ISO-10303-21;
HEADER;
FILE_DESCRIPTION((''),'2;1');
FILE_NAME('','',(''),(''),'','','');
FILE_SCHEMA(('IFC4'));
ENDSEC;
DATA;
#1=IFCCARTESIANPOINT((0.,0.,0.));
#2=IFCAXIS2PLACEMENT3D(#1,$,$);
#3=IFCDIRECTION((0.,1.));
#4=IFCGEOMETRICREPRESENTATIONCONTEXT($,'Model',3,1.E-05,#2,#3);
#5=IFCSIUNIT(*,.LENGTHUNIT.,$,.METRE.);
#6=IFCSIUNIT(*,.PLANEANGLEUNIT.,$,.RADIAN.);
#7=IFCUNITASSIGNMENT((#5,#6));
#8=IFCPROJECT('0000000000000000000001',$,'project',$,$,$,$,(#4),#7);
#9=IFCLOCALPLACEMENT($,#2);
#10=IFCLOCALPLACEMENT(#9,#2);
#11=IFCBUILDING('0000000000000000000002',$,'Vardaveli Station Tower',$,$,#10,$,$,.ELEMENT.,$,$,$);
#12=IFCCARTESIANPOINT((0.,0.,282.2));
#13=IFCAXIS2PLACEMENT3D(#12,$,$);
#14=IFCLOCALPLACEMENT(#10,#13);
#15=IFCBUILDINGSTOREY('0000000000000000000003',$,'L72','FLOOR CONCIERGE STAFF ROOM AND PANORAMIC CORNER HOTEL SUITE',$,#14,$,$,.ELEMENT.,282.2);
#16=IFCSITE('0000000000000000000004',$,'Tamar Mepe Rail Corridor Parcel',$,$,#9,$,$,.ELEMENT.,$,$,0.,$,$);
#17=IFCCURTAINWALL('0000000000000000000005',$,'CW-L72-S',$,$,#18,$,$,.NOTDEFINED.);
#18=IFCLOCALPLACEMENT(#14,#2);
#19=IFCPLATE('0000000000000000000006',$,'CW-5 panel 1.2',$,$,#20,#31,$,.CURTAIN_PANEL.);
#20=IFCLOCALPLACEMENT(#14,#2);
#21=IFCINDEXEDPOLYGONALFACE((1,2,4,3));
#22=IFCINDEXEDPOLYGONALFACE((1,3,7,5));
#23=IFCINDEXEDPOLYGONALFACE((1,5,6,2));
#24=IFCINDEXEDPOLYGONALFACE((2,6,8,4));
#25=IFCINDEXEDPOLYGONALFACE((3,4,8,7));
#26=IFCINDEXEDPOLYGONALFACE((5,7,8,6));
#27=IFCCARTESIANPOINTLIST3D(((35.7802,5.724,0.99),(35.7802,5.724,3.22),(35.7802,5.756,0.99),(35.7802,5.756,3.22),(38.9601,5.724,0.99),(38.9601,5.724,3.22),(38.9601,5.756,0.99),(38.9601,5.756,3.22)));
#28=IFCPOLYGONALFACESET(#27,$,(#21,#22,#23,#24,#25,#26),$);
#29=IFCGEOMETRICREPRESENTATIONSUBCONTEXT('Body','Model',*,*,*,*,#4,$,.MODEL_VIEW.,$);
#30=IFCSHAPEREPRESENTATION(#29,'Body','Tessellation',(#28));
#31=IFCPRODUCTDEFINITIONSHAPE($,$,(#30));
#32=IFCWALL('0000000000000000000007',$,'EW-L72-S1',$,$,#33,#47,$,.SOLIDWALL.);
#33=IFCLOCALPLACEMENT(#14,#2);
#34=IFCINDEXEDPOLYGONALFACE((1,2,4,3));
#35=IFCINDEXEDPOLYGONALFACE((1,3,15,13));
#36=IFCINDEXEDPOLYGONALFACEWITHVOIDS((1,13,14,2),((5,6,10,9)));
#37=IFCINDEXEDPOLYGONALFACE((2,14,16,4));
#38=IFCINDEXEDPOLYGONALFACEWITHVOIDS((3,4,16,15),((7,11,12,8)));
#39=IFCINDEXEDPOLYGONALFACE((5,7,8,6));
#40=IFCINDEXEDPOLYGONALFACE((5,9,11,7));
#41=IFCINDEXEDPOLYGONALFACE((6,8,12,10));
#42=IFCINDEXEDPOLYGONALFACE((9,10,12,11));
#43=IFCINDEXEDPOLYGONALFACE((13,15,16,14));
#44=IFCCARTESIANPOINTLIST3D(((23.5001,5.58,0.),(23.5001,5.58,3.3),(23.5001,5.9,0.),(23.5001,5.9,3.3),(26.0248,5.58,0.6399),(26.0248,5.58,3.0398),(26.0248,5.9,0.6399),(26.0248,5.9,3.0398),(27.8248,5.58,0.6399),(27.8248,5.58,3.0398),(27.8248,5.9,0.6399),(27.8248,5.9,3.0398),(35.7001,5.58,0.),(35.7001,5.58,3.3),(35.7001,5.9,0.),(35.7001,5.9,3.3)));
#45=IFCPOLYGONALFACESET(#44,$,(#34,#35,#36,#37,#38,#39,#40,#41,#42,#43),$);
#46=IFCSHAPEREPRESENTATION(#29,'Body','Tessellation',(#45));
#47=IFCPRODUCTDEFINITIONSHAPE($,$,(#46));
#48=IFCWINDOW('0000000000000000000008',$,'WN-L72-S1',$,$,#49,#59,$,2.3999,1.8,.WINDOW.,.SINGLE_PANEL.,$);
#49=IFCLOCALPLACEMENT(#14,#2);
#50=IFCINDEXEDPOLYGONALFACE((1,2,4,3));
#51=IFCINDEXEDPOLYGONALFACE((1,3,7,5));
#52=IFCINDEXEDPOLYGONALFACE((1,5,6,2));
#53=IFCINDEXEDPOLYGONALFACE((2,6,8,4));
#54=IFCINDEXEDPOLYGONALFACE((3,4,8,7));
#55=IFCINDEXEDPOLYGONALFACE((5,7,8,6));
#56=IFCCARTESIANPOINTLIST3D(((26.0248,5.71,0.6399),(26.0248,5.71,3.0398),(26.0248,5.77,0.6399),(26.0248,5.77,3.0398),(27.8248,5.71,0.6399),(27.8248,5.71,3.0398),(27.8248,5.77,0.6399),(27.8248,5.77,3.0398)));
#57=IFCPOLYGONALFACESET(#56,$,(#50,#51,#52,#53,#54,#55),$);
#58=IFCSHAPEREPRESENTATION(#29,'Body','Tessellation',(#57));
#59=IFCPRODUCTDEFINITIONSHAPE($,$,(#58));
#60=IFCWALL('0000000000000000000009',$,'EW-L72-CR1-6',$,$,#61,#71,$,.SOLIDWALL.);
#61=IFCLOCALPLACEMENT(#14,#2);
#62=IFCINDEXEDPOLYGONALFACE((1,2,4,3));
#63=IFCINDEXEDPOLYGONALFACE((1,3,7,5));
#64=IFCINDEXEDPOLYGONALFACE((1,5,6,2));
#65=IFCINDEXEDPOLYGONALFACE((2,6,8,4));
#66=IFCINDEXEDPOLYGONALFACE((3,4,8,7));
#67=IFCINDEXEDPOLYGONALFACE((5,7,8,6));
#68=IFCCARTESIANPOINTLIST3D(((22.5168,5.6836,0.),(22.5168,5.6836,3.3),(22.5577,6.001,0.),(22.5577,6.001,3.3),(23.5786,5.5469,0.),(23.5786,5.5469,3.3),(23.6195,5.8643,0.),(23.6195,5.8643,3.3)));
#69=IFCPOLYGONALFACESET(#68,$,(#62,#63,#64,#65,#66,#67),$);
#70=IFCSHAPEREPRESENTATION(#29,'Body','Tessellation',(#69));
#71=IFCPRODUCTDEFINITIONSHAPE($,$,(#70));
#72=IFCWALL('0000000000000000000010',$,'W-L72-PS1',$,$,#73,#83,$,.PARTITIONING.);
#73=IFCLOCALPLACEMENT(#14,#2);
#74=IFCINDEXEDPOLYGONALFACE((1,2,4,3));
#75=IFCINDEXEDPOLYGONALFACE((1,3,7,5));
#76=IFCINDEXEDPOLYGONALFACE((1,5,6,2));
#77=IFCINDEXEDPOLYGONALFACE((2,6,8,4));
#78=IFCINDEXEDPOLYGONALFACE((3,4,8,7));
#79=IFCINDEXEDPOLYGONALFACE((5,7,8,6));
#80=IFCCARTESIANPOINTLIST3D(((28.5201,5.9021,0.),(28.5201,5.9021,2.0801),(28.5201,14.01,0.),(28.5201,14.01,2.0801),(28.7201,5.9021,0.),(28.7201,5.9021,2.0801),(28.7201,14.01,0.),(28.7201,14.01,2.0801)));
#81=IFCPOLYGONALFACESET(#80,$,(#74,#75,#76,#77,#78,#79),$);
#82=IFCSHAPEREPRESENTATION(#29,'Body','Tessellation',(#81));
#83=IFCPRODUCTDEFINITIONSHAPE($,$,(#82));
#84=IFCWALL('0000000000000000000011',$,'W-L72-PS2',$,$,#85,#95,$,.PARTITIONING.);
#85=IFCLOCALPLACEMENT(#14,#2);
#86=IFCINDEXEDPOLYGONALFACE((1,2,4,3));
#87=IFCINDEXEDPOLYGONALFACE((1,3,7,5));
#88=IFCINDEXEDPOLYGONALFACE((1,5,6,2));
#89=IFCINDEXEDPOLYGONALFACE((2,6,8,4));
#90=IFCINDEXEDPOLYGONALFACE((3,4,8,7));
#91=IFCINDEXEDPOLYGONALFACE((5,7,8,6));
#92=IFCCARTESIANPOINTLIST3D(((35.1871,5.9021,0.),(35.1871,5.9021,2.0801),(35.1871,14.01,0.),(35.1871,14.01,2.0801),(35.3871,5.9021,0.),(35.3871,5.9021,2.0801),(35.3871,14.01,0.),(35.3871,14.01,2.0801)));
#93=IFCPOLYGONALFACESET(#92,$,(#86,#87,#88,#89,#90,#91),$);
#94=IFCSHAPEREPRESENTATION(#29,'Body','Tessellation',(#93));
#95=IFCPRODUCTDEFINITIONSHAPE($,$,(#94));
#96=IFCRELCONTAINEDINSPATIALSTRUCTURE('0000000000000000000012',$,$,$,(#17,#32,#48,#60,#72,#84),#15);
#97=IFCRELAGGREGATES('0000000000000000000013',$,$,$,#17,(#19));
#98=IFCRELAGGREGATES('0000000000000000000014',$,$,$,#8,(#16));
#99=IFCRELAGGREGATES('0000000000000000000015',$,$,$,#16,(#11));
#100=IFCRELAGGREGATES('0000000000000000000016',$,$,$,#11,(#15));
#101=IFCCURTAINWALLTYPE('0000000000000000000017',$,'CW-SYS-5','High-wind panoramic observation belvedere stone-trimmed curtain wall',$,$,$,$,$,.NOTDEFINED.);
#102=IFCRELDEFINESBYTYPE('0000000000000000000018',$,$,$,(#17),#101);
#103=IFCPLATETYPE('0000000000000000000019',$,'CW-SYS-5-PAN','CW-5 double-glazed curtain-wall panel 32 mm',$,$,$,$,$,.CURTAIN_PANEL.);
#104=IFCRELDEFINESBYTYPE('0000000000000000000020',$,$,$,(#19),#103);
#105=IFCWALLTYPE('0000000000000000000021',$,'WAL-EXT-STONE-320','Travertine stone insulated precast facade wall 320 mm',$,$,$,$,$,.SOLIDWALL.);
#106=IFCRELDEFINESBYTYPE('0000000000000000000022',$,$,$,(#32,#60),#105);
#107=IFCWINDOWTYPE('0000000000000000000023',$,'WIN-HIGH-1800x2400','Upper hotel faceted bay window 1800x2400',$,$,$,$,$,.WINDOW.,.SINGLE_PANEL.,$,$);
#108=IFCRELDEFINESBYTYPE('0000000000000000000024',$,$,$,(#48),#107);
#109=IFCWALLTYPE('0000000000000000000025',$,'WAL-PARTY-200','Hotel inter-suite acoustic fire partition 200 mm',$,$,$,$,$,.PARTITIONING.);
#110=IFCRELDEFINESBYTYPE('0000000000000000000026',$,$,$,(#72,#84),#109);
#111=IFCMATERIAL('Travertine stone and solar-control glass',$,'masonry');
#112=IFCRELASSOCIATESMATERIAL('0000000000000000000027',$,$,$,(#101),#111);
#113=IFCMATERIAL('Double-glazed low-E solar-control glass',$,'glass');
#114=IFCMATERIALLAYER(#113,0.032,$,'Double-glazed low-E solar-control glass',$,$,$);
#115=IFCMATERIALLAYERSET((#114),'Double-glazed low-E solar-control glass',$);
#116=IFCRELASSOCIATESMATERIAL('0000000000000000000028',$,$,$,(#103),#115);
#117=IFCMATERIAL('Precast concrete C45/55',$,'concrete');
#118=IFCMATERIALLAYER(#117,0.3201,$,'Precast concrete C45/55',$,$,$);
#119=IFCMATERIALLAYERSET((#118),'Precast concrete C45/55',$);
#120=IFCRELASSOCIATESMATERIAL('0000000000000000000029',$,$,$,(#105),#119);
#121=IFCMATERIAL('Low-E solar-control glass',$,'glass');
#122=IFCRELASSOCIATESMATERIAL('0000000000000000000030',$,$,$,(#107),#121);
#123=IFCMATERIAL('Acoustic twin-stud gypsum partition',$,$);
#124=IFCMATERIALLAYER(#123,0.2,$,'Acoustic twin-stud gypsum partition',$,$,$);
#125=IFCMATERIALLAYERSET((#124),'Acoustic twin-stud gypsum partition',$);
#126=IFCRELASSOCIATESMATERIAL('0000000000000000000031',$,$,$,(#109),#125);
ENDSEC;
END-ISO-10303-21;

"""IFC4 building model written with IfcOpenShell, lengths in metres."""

from ifc_helpers import new_model, si_unit, direction, frame, frame_2d, origin, origin_2d, place, context, subcontext, project, spatial, rectangle, extrude, source, transform, mapped, material, layer, layer_set, type_object, element, fill, aggregate, save


model = new_model("IFC4")

# Units and contexts
model_context = context("Model", 3, precision=1e-05, world=origin(), true_north=direction((0.0, 1.0)))
body_context = subcontext(model_context, "Body", "Model", "MODEL_VIEW")
ifc_project = project(units=[si_unit("LENGTHUNIT", "METRE"), si_unit("PLANEANGLEUNIT", "RADIAN")], contexts=[model_context])

# Site, building, storey
site_placement = place(None, origin())
site = spatial("IfcSite", under=ifc_project, at=site_placement, Name="Tamar Mepe Rail Corridor Parcel", CompositionType="ELEMENT", RefElevation=0.0)
building_placement = place(site_placement, origin())
building = spatial("IfcBuilding", under=site, at=building_placement, Name="Vardaveli Station Tower", CompositionType="ELEMENT")
storey_placement = place(building_placement, frame((0.0, 0.0, 282.2)))
storey = spatial("IfcBuildingStorey", under=building, at=storey_placement, Name="L72", Description="FLOOR CONCIERGE STAFF ROOM AND PANORAMIC CORNER HOTEL SUITE", CompositionType="ELEMENT", Elevation=282.2)

# Curtain wall
ifc_material_1 = material(Name="Travertine stone and solar-control glass", Category="masonry")
curtain_wall_type = type_object("IfcCurtainWallType", Name="CW-SYS-5", Description="High-wind panoramic observation belvedere stone-trimmed curtain wall", PredefinedType="NOTDEFINED", material=ifc_material_1)
curtain_wall_placement = place(storey_placement, origin())
curtain_wall = element("IfcCurtainWall", 1, at=curtain_wall_placement, inside=storey, type_object=curtain_wall_type, Name="CW-L72-S", PredefinedType="NOTDEFINED")

# Plate
ifc_material_2 = material(Name="Double-glazed low-E solar-control glass", Category="glass")
ifc_layer_1 = layer(ifc_material_2, 0.032, Name="Double-glazed low-E solar-control glass")
ifc_layer_set_1 = layer_set([ifc_layer_1], Name="Double-glazed low-E solar-control glass")
plate_type_1 = type_object("IfcPlateType", Name="CW-SYS-5-PAN", Description="CW-5 double-glazed curtain-wall panel 32 mm", PredefinedType="CURTAIN_PANEL", material=ifc_layer_set_1)
shared_shape_1 = source(origin(), body_context, "Body", "SweptSolid", [
    extrude(rectangle(XDim=3.1799, YDim=0.032, at=origin_2d()), origin(), (0.0, 0.0, 1.0), 2.23),
])
plate_1_placement = place(storey_placement, frame((37.3701, 5.74, 0.99), z_axis=(0.0, 0.0, 1.0), x_axis=(1.0, 0.0, 0.0)))
plate_1 = element("IfcPlate", 2, at=plate_1_placement, type_object=plate_type_1, Name="CW-5 panel 1.2", PredefinedType="CURTAIN_PANEL", context=body_context, shape_type="MappedRepresentation", body=[
    mapped(shared_shape_1, transform((0.0, 0.0, 0.0), scale=1.0)),
])
aggregate(curtain_wall, [plate_1])

# Wall, opening, window
ifc_material_3 = material(Name="Precast concrete C45/55", Category="concrete")
ifc_layer_2 = layer(ifc_material_3, 0.3201, Name="Precast concrete C45/55")
ifc_layer_set_2 = layer_set([ifc_layer_2], Name="Precast concrete C45/55")
wall_type_1 = type_object("IfcWallType", Name="WAL-EXT-STONE-320", Description="Travertine stone insulated precast facade wall 320 mm", PredefinedType="SOLIDWALL", material=ifc_layer_set_2)
shared_shape_2 = source(origin(), body_context, "Body", "SweptSolid", [
    extrude(rectangle(XDim=12.2, YDim=0.3201, at=frame_2d((6.1001, 0.0))), origin(), (0.0, 0.0, 1.0), 3.3),
])
wall_1_placement = place(storey_placement, frame((23.5, 5.74, 0.0), z_axis=(0.0, 0.0, 1.0), x_axis=(1.0, 0.0, 0.0)))
wall_1 = element("IfcWall", 3, at=wall_1_placement, inside=storey, type_object=wall_type_1, Name="EW-L72-S1", PredefinedType="SOLIDWALL", context=body_context, shape_type="MappedRepresentation", body=[
    mapped(shared_shape_2, transform((0.0, 0.0, 0.0), scale=1.0)),
])
shared_shape_3 = source(origin(), body_context, "Body", "SweptSolid", [
    extrude(rectangle(XDim=1.8, YDim=2.3999, at=frame_2d((0.8999, 1.2))), frame((0.0, 0.1699, 0.0), z_axis=(0.0, -1.0, 0.0), x_axis=(1.0, 0.0, 0.0)), (0.0, 0.0, 1.0), 0.3401),
])
opening_placement = place(wall_1_placement, frame((2.5249, 0.0, 0.6399)))
opening = element("IfcOpeningElement", 4, at=opening_placement, cuts=wall_1, PredefinedType="OPENING", context=body_context, shape_type="MappedRepresentation", body=[
    mapped(shared_shape_3, transform((0.0, 0.0, 0.0), scale=1.0)),
])
ifc_material_4 = material(Name="Low-E solar-control glass", Category="glass")
window_type = type_object("IfcWindowType", Name="WIN-HIGH-1800x2400", Description="Upper hotel faceted bay window 1800x2400", PartitioningType="SINGLE_PANEL", PredefinedType="WINDOW", material=ifc_material_4)
shared_shape_4 = source(origin(), body_context, "Body", "SweptSolid", [
    extrude(rectangle(XDim=1.8, YDim=2.3999, at=frame_2d((0.8999, 1.2))), frame((0.0, 0.03, 0.0), z_axis=(0.0, -1.0, 0.0), x_axis=(1.0, 0.0, 0.0)), (0.0, 0.0, 1.0), 0.0601),
])
window_placement = place(opening_placement, origin())
window = element("IfcWindow", 5, at=window_placement, inside=storey, type_object=window_type, Name="WN-L72-S1", OverallHeight=2.3999, OverallWidth=1.8, PartitioningType="SINGLE_PANEL", PredefinedType="WINDOW", context=body_context, shape_type="MappedRepresentation", body=[
    mapped(shared_shape_4, transform((0.0, 0.0, 0.0), scale=1.0)),
])
fill(opening, window)

# Walls
shared_shape_5 = source(origin(), body_context, "Body", "SweptSolid", [
    extrude(rectangle(XDim=1.0706, YDim=0.3201, at=frame_2d((0.5352, 0.0))), origin(), (0.0, 0.0, 1.0), 3.3),
])
wall_2_placement = place(storey_placement, frame((22.5374, 5.8423, 0.0), z_axis=(0.0, 0.0, 1.0), x_axis=(0.991811, -0.127711, 0.0)))
element("IfcWall", 6, at=wall_2_placement, inside=storey, type_object=wall_type_1, Name="EW-L72-CR1-6", PredefinedType="SOLIDWALL", context=body_context, shape_type="MappedRepresentation", body=[
    mapped(shared_shape_5, transform((0.0, 0.0, 0.0), scale=1.0)),
])
ifc_material_5 = material(Name="Acoustic twin-stud gypsum partition")
ifc_layer_3 = layer(ifc_material_5, 0.2, Name="Acoustic twin-stud gypsum partition")
ifc_layer_set_3 = layer_set([ifc_layer_3], Name="Acoustic twin-stud gypsum partition")
wall_type_2 = type_object("IfcWallType", Name="WAL-PARTY-200", Description="Hotel inter-suite acoustic fire partition 200 mm", PredefinedType="PARTITIONING", material=ifc_layer_set_3)
shared_shape_6 = source(origin(), body_context, "Body", "SweptSolid", [
    extrude(rectangle(XDim=8.1079, YDim=0.2, at=frame_2d((4.054, 0.0))), origin(), (0.0, 0.0, 1.0), 2.0801),
])
for number, where, z_axis, x_axis, name in (
    (7, (28.6201, 5.9021, 0.0), (0.0, 0.0, 1.0), (0.0, 1.0, 0.0), "W-L72-PS1"),
    (8, (35.2871, 5.9021, 0.0), (0.0, 0.0, 1.0), (0.0, 1.0, 0.0), "W-L72-PS2"),
):
    element("IfcWall", number, at=place(storey_placement, frame(where, z_axis=z_axis, x_axis=x_axis)), inside=storey, type_object=wall_type_2, Name=name, PredefinedType="PARTITIONING", context=body_context, shape_type="MappedRepresentation", body=[
        mapped(shared_shape_6, transform((0.0, 0.0, 0.0), scale=1.0)),
    ])

save(model, "model.ifc")
